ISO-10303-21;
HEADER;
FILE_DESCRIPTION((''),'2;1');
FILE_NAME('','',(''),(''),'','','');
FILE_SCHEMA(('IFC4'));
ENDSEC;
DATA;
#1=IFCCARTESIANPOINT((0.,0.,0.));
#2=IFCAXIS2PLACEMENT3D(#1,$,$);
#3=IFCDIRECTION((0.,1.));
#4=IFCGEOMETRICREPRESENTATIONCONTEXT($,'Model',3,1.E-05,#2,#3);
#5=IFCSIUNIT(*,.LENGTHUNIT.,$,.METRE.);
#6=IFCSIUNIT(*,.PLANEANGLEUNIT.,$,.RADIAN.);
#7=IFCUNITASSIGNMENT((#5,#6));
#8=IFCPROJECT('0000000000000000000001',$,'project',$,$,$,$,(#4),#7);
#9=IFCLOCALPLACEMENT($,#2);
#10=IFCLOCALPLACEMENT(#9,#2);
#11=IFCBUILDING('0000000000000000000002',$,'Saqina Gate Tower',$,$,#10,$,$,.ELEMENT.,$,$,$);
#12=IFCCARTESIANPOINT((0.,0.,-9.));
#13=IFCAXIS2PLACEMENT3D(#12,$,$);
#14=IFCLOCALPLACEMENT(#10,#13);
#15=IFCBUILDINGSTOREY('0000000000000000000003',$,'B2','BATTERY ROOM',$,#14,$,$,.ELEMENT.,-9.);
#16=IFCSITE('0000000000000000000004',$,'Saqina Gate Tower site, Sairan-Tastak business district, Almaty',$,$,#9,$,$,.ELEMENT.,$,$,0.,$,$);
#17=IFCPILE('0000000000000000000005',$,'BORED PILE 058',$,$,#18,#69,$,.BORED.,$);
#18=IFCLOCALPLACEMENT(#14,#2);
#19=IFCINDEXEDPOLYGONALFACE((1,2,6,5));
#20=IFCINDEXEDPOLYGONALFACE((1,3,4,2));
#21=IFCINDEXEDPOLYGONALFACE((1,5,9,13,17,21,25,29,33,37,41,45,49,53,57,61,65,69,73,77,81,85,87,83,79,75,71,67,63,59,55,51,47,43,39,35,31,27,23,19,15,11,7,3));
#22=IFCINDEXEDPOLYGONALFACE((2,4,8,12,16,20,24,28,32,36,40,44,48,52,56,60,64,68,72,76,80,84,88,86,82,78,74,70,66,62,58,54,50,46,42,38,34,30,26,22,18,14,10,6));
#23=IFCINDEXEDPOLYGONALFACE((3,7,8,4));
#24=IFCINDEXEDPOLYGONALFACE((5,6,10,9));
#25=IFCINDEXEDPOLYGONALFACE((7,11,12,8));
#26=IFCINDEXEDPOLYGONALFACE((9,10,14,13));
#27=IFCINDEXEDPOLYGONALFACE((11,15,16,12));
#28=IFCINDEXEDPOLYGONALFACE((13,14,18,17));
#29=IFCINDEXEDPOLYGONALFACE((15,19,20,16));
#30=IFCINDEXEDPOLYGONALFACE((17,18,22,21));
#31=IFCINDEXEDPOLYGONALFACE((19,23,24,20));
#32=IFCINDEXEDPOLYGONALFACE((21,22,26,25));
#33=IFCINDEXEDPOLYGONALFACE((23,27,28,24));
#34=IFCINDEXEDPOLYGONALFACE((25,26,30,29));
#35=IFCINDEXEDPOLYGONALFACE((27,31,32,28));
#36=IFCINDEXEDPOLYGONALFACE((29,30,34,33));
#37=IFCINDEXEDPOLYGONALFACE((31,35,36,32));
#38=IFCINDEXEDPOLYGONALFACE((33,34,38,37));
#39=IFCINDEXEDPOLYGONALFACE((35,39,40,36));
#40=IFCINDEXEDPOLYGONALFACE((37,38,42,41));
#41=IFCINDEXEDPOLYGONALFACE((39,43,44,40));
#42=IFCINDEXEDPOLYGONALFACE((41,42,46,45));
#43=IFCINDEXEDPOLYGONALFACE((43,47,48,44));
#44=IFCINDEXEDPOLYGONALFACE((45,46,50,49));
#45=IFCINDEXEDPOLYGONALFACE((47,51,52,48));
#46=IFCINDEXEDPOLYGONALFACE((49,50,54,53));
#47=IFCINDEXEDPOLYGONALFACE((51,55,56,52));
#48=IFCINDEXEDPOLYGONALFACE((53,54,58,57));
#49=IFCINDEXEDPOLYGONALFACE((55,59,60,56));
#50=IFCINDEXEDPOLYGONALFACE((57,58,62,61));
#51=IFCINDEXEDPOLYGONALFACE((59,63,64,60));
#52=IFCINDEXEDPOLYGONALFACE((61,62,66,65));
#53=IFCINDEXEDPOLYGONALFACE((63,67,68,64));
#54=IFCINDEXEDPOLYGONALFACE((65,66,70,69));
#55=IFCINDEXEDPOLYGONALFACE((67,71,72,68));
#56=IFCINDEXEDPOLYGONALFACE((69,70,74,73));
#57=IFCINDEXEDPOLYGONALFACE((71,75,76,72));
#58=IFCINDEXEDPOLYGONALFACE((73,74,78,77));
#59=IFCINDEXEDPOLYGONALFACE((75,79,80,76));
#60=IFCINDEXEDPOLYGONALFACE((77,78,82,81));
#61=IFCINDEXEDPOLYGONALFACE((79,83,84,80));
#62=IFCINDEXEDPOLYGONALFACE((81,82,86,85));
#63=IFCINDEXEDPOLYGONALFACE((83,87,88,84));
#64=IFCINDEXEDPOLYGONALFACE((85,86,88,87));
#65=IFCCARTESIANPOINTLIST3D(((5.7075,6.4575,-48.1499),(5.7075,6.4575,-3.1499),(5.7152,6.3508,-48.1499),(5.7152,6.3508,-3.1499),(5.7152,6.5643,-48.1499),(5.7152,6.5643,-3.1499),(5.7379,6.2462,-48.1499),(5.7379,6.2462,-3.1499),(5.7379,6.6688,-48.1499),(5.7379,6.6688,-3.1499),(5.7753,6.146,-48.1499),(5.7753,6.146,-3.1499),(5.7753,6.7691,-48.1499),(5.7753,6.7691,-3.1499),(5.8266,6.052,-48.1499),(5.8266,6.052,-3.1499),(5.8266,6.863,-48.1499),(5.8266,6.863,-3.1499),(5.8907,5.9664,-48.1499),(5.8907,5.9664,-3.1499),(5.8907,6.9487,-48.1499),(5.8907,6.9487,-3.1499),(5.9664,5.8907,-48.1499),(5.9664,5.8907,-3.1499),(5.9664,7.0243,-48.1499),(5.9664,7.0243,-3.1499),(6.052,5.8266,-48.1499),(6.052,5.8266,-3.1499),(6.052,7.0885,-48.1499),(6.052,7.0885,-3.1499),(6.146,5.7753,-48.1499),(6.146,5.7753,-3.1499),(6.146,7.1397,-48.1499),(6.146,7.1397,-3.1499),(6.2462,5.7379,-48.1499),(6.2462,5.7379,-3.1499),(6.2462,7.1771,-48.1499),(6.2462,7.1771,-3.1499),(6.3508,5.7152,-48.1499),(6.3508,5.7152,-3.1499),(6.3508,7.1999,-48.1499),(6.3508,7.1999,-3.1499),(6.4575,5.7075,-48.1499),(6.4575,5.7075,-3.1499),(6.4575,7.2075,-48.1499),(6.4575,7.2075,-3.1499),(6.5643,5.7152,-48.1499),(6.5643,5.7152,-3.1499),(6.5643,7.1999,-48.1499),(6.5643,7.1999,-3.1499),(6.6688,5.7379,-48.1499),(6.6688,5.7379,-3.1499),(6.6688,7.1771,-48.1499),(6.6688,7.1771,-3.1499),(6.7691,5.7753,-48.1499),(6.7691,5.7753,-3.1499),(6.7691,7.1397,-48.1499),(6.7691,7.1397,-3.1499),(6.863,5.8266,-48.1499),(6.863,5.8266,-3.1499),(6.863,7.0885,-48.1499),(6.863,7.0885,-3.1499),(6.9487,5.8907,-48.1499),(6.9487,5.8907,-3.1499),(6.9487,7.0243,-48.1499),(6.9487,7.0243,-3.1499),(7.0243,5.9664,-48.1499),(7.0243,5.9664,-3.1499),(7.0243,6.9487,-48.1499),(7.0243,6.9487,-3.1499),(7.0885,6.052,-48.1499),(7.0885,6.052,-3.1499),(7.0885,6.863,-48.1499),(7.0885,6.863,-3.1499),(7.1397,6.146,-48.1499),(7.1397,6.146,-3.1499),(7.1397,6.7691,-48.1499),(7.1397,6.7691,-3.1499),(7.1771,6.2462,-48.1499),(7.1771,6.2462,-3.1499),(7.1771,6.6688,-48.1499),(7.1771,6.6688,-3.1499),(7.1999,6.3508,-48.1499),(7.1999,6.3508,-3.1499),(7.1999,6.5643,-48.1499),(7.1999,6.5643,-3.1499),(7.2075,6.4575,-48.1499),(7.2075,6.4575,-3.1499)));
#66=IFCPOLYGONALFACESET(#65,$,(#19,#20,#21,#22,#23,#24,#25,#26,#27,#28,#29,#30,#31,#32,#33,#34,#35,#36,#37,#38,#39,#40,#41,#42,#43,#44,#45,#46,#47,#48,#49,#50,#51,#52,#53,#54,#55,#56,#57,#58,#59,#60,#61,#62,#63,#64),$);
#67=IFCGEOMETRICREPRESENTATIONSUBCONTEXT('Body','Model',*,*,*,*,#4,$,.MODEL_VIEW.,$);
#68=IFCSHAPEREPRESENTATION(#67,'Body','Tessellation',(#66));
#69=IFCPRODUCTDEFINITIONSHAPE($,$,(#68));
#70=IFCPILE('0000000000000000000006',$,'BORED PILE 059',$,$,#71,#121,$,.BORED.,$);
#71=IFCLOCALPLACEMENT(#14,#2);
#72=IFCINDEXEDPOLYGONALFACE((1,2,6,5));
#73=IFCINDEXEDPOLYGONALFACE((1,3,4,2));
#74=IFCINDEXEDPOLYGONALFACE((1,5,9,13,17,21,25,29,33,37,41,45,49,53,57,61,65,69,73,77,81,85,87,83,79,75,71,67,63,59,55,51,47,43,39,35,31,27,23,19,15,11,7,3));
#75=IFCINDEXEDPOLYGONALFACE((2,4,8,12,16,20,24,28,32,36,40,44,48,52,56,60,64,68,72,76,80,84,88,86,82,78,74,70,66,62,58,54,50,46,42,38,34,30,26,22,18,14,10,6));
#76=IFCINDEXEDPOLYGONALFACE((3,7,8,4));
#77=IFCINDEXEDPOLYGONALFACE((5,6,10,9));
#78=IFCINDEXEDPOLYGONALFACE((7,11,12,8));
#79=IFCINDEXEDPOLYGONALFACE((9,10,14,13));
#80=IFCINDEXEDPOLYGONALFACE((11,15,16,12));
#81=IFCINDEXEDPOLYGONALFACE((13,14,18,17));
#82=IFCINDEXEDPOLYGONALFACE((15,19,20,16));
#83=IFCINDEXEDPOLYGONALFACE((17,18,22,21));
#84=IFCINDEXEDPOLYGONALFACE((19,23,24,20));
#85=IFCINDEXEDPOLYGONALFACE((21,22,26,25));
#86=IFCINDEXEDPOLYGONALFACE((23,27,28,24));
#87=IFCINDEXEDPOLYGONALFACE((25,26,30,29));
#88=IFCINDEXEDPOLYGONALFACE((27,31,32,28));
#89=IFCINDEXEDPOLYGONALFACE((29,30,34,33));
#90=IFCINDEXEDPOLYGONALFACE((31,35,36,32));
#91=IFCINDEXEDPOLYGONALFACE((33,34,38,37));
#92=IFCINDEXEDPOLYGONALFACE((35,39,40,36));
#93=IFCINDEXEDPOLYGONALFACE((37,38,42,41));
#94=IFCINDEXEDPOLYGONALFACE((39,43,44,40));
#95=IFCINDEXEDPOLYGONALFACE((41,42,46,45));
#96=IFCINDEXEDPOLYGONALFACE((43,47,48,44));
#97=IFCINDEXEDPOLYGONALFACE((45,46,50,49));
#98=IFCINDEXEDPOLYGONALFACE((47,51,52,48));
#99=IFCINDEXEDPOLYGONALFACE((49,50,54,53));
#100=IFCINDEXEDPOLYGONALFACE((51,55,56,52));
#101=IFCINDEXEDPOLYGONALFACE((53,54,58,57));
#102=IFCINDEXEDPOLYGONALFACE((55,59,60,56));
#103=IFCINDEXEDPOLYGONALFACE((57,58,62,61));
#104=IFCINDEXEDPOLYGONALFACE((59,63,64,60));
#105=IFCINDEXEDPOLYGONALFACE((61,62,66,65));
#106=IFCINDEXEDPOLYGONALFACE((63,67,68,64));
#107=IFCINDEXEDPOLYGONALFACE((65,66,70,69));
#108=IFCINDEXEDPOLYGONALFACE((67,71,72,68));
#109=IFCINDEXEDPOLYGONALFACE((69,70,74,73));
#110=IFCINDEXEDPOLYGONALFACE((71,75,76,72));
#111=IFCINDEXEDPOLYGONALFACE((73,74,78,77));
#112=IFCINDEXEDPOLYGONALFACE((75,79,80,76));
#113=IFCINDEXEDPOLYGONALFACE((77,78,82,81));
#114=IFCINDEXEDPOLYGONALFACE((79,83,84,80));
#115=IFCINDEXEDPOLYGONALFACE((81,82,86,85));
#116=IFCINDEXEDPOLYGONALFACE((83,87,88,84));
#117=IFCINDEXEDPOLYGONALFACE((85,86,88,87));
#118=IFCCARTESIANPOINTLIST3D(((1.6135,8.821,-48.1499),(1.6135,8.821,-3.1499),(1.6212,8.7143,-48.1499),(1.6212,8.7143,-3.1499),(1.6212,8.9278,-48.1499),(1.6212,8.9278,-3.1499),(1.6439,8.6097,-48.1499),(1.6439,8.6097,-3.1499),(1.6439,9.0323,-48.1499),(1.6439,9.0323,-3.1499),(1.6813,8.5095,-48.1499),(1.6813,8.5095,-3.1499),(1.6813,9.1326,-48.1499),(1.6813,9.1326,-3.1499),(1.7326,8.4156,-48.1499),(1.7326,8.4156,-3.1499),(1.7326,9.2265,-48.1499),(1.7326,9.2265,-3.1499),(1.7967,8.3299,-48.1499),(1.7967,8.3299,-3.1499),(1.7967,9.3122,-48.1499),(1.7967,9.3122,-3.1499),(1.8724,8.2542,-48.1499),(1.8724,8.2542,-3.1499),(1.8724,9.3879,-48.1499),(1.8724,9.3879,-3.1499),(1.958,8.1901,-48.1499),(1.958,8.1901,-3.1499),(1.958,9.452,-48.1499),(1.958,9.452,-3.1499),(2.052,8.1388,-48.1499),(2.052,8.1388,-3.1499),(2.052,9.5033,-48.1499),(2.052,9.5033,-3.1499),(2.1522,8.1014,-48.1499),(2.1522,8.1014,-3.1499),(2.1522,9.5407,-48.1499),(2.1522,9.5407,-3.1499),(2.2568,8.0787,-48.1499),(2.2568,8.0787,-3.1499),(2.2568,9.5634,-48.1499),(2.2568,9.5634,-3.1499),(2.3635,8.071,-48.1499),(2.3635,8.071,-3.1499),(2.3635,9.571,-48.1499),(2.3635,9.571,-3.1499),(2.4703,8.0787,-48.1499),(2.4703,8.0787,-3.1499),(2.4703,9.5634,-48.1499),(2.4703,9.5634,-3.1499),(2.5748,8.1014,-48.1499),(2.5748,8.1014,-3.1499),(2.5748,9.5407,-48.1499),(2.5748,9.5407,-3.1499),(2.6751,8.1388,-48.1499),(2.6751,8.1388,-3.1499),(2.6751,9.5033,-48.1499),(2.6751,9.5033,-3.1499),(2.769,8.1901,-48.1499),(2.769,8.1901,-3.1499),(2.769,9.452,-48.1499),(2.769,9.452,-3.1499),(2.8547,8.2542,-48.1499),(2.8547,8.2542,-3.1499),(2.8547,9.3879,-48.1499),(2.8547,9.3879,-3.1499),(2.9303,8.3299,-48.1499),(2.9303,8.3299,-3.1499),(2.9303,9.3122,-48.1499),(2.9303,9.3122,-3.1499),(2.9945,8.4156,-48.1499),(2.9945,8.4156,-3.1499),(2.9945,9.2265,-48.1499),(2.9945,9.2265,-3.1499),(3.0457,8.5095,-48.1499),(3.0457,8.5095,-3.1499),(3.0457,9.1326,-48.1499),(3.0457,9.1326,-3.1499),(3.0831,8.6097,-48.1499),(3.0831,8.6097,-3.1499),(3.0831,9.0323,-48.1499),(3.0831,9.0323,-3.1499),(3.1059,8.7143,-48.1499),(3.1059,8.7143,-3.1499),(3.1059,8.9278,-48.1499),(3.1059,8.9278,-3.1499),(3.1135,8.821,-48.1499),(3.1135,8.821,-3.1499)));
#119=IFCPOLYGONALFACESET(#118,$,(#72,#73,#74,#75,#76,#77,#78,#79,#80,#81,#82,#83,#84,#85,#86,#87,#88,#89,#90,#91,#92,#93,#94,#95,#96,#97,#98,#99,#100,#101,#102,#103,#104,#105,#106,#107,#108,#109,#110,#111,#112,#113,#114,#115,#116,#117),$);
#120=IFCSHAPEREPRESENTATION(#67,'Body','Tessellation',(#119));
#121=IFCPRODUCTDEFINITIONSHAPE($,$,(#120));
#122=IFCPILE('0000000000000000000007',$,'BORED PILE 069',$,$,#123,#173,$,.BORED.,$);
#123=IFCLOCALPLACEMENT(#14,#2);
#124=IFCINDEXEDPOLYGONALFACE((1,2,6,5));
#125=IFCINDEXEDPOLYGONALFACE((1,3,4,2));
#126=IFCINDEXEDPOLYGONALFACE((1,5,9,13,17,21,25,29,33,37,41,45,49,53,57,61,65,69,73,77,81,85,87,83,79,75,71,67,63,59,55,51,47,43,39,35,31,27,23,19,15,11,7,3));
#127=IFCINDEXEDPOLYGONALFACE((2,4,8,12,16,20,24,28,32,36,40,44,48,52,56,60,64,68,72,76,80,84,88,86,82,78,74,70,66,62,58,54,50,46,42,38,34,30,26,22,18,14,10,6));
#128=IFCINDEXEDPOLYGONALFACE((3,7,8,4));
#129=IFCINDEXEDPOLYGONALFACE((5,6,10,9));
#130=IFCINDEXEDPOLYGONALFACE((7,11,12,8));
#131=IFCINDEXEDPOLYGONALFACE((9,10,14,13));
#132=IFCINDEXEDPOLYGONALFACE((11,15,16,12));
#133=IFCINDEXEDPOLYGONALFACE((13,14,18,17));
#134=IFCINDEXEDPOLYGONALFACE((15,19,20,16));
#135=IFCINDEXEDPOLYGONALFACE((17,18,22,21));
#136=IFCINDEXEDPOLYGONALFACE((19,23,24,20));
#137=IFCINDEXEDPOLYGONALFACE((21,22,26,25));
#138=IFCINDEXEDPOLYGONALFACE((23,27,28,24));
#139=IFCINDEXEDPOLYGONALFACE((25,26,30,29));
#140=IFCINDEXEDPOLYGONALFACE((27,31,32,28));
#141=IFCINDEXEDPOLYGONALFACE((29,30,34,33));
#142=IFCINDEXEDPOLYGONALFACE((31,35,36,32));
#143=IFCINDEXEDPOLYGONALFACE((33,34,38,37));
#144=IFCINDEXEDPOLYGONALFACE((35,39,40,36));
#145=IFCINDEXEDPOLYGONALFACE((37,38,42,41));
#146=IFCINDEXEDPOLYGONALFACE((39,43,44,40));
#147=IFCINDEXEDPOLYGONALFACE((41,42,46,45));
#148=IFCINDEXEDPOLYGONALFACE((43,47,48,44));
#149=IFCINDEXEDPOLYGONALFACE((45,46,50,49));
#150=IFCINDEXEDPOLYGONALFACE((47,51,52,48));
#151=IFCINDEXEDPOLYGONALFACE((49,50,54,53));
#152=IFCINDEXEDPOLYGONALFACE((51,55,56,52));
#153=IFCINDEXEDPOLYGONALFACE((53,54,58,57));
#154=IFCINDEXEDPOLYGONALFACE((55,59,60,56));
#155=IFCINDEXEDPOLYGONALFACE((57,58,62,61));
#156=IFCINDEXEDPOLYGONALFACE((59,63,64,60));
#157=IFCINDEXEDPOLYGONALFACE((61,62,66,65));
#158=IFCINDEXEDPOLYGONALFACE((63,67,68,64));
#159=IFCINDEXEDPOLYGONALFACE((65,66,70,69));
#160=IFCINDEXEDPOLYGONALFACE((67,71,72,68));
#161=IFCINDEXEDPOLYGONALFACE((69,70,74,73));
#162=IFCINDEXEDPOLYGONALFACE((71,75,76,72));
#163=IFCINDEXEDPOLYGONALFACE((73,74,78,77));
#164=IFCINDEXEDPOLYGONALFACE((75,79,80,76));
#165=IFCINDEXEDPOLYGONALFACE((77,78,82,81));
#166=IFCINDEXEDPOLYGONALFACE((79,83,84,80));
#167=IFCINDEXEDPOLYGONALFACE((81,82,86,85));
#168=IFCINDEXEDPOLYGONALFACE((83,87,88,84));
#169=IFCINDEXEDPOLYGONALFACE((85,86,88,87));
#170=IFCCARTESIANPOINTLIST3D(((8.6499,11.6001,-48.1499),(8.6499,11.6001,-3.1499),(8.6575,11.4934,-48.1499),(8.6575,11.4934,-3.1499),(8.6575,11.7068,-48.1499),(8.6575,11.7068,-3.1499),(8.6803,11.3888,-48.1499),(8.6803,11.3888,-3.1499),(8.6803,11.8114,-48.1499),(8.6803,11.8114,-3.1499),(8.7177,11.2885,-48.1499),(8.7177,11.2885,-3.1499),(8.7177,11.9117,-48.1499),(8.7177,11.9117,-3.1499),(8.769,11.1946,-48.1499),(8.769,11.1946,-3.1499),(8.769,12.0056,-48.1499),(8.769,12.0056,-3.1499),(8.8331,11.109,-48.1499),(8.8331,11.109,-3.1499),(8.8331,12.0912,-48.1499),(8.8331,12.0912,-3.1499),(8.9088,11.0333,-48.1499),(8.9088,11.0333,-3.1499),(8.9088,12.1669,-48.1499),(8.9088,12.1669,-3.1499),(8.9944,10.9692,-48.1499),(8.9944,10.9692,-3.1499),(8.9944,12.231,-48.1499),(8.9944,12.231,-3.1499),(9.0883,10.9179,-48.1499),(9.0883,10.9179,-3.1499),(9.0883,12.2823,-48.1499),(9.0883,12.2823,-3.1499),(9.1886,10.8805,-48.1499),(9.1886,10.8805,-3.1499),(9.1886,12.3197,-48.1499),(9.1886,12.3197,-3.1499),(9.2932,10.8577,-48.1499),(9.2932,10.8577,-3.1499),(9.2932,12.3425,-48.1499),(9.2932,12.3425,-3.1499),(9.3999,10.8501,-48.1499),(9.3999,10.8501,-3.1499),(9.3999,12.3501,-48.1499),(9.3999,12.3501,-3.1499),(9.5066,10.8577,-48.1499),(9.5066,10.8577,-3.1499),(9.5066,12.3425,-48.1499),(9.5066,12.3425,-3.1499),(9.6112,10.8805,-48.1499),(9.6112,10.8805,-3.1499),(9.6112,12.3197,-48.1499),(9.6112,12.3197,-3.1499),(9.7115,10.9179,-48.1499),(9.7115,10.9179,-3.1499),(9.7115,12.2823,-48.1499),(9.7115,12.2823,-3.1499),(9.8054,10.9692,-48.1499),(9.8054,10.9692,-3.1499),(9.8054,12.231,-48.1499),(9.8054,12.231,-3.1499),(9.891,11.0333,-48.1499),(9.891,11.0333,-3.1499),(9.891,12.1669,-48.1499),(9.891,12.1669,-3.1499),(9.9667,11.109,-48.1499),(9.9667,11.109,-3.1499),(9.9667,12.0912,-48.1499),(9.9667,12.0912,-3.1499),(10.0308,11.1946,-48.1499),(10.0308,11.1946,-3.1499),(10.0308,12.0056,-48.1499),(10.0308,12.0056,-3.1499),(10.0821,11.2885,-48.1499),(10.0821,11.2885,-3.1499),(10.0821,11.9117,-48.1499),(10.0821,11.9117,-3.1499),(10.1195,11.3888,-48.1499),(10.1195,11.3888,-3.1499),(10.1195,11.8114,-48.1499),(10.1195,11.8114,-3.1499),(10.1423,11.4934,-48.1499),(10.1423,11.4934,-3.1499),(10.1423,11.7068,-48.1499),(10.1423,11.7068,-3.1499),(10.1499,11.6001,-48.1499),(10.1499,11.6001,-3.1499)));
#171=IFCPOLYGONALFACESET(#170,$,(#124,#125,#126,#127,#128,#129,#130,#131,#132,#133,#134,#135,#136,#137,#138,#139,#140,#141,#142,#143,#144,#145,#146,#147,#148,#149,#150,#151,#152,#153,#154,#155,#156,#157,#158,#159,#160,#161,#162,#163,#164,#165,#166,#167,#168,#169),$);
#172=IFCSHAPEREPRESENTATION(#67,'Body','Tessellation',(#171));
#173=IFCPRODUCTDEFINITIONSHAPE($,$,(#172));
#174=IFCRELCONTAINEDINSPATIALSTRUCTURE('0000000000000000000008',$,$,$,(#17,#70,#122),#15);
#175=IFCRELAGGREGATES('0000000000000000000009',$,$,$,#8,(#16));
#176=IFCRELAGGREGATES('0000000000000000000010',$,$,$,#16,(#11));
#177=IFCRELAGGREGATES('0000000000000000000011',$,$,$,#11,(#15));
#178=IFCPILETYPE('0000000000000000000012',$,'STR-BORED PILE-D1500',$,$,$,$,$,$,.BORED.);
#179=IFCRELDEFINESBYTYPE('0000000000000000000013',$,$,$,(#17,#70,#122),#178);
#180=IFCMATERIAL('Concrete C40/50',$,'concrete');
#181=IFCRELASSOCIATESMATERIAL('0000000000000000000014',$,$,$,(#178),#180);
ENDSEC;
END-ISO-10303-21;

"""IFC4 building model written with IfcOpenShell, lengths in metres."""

from ifc_helpers import new_model, si_unit, direction, frame, origin, origin_2d, place, context, subcontext, project, spatial, circle, extrude, material, material_profile, profile_set, type_object, element, save


model = new_model("IFC4")

# Units and contexts
model_context = context("Model", 3, precision=1e-05, world=origin(), true_north=direction((0.0, 1.0)))
body_context = subcontext(model_context, "Body", "Model", "MODEL_VIEW")
ifc_project = project(units=[si_unit("LENGTHUNIT", "METRE"), si_unit("PLANEANGLEUNIT", "RADIAN")], contexts=[model_context])

# Site, building, storey
site_placement = place(None, origin())
site = spatial("IfcSite", under=ifc_project, at=site_placement, Name="Saqina Gate Tower site, Sairan-Tastak business district, Almaty", CompositionType="ELEMENT", RefElevation=0.0)
building_placement = place(site_placement, origin())
building = spatial("IfcBuilding", under=site, at=building_placement, Name="Saqina Gate Tower", CompositionType="ELEMENT")
storey_placement = place(building_placement, frame((0.0, 0.0, -9.0)))
storey = spatial("IfcBuildingStorey", under=building, at=storey_placement, Name="B2", Description="BATTERY ROOM", CompositionType="ELEMENT", Elevation=-9.0)

# Piles
ifc_material_1 = material(Name="Concrete C40/50", Category="concrete")
ifc_material_profile_1 = material_profile(ifc_material_1, circle(Radius=0.75, at=origin_2d()), Name="RC D1500")
ifc_profile_set_1 = profile_set([ifc_material_profile_1], Name="Concrete C40/50")
pile_type = type_object("IfcPileType", Name="STR-BORED PILE-D1500", PredefinedType="BORED", material=ifc_profile_set_1)
for number, where, z_axis, x_axis, name in (
    (1, (6.4575, 6.4575, -3.1499), (0.0, 0.0, -1.0), (1.0, 0.0, 0.0), "BORED PILE 058"),
    (2, (2.3635, 8.821, -3.1499), (0.0, 0.0, -1.0), (1.0, 0.0, 0.0), "BORED PILE 059"),
    (3, (9.3999, 11.6001, -3.1499), (0.0, 0.0, -1.0), (1.0, 0.0, 0.0), "BORED PILE 069"),
):
    element("IfcPile", number, at=place(storey_placement, frame(where, z_axis=z_axis, x_axis=x_axis)), inside=storey, type_object=pile_type, Name=name, PredefinedType="BORED", context=body_context, shape_type="SweptSolid", body=[
        extrude(circle(Radius=0.75, at=origin_2d()), origin(), (0.0, 0.0, 1.0), 45.0),
    ])

save(model, "model.ifc")
